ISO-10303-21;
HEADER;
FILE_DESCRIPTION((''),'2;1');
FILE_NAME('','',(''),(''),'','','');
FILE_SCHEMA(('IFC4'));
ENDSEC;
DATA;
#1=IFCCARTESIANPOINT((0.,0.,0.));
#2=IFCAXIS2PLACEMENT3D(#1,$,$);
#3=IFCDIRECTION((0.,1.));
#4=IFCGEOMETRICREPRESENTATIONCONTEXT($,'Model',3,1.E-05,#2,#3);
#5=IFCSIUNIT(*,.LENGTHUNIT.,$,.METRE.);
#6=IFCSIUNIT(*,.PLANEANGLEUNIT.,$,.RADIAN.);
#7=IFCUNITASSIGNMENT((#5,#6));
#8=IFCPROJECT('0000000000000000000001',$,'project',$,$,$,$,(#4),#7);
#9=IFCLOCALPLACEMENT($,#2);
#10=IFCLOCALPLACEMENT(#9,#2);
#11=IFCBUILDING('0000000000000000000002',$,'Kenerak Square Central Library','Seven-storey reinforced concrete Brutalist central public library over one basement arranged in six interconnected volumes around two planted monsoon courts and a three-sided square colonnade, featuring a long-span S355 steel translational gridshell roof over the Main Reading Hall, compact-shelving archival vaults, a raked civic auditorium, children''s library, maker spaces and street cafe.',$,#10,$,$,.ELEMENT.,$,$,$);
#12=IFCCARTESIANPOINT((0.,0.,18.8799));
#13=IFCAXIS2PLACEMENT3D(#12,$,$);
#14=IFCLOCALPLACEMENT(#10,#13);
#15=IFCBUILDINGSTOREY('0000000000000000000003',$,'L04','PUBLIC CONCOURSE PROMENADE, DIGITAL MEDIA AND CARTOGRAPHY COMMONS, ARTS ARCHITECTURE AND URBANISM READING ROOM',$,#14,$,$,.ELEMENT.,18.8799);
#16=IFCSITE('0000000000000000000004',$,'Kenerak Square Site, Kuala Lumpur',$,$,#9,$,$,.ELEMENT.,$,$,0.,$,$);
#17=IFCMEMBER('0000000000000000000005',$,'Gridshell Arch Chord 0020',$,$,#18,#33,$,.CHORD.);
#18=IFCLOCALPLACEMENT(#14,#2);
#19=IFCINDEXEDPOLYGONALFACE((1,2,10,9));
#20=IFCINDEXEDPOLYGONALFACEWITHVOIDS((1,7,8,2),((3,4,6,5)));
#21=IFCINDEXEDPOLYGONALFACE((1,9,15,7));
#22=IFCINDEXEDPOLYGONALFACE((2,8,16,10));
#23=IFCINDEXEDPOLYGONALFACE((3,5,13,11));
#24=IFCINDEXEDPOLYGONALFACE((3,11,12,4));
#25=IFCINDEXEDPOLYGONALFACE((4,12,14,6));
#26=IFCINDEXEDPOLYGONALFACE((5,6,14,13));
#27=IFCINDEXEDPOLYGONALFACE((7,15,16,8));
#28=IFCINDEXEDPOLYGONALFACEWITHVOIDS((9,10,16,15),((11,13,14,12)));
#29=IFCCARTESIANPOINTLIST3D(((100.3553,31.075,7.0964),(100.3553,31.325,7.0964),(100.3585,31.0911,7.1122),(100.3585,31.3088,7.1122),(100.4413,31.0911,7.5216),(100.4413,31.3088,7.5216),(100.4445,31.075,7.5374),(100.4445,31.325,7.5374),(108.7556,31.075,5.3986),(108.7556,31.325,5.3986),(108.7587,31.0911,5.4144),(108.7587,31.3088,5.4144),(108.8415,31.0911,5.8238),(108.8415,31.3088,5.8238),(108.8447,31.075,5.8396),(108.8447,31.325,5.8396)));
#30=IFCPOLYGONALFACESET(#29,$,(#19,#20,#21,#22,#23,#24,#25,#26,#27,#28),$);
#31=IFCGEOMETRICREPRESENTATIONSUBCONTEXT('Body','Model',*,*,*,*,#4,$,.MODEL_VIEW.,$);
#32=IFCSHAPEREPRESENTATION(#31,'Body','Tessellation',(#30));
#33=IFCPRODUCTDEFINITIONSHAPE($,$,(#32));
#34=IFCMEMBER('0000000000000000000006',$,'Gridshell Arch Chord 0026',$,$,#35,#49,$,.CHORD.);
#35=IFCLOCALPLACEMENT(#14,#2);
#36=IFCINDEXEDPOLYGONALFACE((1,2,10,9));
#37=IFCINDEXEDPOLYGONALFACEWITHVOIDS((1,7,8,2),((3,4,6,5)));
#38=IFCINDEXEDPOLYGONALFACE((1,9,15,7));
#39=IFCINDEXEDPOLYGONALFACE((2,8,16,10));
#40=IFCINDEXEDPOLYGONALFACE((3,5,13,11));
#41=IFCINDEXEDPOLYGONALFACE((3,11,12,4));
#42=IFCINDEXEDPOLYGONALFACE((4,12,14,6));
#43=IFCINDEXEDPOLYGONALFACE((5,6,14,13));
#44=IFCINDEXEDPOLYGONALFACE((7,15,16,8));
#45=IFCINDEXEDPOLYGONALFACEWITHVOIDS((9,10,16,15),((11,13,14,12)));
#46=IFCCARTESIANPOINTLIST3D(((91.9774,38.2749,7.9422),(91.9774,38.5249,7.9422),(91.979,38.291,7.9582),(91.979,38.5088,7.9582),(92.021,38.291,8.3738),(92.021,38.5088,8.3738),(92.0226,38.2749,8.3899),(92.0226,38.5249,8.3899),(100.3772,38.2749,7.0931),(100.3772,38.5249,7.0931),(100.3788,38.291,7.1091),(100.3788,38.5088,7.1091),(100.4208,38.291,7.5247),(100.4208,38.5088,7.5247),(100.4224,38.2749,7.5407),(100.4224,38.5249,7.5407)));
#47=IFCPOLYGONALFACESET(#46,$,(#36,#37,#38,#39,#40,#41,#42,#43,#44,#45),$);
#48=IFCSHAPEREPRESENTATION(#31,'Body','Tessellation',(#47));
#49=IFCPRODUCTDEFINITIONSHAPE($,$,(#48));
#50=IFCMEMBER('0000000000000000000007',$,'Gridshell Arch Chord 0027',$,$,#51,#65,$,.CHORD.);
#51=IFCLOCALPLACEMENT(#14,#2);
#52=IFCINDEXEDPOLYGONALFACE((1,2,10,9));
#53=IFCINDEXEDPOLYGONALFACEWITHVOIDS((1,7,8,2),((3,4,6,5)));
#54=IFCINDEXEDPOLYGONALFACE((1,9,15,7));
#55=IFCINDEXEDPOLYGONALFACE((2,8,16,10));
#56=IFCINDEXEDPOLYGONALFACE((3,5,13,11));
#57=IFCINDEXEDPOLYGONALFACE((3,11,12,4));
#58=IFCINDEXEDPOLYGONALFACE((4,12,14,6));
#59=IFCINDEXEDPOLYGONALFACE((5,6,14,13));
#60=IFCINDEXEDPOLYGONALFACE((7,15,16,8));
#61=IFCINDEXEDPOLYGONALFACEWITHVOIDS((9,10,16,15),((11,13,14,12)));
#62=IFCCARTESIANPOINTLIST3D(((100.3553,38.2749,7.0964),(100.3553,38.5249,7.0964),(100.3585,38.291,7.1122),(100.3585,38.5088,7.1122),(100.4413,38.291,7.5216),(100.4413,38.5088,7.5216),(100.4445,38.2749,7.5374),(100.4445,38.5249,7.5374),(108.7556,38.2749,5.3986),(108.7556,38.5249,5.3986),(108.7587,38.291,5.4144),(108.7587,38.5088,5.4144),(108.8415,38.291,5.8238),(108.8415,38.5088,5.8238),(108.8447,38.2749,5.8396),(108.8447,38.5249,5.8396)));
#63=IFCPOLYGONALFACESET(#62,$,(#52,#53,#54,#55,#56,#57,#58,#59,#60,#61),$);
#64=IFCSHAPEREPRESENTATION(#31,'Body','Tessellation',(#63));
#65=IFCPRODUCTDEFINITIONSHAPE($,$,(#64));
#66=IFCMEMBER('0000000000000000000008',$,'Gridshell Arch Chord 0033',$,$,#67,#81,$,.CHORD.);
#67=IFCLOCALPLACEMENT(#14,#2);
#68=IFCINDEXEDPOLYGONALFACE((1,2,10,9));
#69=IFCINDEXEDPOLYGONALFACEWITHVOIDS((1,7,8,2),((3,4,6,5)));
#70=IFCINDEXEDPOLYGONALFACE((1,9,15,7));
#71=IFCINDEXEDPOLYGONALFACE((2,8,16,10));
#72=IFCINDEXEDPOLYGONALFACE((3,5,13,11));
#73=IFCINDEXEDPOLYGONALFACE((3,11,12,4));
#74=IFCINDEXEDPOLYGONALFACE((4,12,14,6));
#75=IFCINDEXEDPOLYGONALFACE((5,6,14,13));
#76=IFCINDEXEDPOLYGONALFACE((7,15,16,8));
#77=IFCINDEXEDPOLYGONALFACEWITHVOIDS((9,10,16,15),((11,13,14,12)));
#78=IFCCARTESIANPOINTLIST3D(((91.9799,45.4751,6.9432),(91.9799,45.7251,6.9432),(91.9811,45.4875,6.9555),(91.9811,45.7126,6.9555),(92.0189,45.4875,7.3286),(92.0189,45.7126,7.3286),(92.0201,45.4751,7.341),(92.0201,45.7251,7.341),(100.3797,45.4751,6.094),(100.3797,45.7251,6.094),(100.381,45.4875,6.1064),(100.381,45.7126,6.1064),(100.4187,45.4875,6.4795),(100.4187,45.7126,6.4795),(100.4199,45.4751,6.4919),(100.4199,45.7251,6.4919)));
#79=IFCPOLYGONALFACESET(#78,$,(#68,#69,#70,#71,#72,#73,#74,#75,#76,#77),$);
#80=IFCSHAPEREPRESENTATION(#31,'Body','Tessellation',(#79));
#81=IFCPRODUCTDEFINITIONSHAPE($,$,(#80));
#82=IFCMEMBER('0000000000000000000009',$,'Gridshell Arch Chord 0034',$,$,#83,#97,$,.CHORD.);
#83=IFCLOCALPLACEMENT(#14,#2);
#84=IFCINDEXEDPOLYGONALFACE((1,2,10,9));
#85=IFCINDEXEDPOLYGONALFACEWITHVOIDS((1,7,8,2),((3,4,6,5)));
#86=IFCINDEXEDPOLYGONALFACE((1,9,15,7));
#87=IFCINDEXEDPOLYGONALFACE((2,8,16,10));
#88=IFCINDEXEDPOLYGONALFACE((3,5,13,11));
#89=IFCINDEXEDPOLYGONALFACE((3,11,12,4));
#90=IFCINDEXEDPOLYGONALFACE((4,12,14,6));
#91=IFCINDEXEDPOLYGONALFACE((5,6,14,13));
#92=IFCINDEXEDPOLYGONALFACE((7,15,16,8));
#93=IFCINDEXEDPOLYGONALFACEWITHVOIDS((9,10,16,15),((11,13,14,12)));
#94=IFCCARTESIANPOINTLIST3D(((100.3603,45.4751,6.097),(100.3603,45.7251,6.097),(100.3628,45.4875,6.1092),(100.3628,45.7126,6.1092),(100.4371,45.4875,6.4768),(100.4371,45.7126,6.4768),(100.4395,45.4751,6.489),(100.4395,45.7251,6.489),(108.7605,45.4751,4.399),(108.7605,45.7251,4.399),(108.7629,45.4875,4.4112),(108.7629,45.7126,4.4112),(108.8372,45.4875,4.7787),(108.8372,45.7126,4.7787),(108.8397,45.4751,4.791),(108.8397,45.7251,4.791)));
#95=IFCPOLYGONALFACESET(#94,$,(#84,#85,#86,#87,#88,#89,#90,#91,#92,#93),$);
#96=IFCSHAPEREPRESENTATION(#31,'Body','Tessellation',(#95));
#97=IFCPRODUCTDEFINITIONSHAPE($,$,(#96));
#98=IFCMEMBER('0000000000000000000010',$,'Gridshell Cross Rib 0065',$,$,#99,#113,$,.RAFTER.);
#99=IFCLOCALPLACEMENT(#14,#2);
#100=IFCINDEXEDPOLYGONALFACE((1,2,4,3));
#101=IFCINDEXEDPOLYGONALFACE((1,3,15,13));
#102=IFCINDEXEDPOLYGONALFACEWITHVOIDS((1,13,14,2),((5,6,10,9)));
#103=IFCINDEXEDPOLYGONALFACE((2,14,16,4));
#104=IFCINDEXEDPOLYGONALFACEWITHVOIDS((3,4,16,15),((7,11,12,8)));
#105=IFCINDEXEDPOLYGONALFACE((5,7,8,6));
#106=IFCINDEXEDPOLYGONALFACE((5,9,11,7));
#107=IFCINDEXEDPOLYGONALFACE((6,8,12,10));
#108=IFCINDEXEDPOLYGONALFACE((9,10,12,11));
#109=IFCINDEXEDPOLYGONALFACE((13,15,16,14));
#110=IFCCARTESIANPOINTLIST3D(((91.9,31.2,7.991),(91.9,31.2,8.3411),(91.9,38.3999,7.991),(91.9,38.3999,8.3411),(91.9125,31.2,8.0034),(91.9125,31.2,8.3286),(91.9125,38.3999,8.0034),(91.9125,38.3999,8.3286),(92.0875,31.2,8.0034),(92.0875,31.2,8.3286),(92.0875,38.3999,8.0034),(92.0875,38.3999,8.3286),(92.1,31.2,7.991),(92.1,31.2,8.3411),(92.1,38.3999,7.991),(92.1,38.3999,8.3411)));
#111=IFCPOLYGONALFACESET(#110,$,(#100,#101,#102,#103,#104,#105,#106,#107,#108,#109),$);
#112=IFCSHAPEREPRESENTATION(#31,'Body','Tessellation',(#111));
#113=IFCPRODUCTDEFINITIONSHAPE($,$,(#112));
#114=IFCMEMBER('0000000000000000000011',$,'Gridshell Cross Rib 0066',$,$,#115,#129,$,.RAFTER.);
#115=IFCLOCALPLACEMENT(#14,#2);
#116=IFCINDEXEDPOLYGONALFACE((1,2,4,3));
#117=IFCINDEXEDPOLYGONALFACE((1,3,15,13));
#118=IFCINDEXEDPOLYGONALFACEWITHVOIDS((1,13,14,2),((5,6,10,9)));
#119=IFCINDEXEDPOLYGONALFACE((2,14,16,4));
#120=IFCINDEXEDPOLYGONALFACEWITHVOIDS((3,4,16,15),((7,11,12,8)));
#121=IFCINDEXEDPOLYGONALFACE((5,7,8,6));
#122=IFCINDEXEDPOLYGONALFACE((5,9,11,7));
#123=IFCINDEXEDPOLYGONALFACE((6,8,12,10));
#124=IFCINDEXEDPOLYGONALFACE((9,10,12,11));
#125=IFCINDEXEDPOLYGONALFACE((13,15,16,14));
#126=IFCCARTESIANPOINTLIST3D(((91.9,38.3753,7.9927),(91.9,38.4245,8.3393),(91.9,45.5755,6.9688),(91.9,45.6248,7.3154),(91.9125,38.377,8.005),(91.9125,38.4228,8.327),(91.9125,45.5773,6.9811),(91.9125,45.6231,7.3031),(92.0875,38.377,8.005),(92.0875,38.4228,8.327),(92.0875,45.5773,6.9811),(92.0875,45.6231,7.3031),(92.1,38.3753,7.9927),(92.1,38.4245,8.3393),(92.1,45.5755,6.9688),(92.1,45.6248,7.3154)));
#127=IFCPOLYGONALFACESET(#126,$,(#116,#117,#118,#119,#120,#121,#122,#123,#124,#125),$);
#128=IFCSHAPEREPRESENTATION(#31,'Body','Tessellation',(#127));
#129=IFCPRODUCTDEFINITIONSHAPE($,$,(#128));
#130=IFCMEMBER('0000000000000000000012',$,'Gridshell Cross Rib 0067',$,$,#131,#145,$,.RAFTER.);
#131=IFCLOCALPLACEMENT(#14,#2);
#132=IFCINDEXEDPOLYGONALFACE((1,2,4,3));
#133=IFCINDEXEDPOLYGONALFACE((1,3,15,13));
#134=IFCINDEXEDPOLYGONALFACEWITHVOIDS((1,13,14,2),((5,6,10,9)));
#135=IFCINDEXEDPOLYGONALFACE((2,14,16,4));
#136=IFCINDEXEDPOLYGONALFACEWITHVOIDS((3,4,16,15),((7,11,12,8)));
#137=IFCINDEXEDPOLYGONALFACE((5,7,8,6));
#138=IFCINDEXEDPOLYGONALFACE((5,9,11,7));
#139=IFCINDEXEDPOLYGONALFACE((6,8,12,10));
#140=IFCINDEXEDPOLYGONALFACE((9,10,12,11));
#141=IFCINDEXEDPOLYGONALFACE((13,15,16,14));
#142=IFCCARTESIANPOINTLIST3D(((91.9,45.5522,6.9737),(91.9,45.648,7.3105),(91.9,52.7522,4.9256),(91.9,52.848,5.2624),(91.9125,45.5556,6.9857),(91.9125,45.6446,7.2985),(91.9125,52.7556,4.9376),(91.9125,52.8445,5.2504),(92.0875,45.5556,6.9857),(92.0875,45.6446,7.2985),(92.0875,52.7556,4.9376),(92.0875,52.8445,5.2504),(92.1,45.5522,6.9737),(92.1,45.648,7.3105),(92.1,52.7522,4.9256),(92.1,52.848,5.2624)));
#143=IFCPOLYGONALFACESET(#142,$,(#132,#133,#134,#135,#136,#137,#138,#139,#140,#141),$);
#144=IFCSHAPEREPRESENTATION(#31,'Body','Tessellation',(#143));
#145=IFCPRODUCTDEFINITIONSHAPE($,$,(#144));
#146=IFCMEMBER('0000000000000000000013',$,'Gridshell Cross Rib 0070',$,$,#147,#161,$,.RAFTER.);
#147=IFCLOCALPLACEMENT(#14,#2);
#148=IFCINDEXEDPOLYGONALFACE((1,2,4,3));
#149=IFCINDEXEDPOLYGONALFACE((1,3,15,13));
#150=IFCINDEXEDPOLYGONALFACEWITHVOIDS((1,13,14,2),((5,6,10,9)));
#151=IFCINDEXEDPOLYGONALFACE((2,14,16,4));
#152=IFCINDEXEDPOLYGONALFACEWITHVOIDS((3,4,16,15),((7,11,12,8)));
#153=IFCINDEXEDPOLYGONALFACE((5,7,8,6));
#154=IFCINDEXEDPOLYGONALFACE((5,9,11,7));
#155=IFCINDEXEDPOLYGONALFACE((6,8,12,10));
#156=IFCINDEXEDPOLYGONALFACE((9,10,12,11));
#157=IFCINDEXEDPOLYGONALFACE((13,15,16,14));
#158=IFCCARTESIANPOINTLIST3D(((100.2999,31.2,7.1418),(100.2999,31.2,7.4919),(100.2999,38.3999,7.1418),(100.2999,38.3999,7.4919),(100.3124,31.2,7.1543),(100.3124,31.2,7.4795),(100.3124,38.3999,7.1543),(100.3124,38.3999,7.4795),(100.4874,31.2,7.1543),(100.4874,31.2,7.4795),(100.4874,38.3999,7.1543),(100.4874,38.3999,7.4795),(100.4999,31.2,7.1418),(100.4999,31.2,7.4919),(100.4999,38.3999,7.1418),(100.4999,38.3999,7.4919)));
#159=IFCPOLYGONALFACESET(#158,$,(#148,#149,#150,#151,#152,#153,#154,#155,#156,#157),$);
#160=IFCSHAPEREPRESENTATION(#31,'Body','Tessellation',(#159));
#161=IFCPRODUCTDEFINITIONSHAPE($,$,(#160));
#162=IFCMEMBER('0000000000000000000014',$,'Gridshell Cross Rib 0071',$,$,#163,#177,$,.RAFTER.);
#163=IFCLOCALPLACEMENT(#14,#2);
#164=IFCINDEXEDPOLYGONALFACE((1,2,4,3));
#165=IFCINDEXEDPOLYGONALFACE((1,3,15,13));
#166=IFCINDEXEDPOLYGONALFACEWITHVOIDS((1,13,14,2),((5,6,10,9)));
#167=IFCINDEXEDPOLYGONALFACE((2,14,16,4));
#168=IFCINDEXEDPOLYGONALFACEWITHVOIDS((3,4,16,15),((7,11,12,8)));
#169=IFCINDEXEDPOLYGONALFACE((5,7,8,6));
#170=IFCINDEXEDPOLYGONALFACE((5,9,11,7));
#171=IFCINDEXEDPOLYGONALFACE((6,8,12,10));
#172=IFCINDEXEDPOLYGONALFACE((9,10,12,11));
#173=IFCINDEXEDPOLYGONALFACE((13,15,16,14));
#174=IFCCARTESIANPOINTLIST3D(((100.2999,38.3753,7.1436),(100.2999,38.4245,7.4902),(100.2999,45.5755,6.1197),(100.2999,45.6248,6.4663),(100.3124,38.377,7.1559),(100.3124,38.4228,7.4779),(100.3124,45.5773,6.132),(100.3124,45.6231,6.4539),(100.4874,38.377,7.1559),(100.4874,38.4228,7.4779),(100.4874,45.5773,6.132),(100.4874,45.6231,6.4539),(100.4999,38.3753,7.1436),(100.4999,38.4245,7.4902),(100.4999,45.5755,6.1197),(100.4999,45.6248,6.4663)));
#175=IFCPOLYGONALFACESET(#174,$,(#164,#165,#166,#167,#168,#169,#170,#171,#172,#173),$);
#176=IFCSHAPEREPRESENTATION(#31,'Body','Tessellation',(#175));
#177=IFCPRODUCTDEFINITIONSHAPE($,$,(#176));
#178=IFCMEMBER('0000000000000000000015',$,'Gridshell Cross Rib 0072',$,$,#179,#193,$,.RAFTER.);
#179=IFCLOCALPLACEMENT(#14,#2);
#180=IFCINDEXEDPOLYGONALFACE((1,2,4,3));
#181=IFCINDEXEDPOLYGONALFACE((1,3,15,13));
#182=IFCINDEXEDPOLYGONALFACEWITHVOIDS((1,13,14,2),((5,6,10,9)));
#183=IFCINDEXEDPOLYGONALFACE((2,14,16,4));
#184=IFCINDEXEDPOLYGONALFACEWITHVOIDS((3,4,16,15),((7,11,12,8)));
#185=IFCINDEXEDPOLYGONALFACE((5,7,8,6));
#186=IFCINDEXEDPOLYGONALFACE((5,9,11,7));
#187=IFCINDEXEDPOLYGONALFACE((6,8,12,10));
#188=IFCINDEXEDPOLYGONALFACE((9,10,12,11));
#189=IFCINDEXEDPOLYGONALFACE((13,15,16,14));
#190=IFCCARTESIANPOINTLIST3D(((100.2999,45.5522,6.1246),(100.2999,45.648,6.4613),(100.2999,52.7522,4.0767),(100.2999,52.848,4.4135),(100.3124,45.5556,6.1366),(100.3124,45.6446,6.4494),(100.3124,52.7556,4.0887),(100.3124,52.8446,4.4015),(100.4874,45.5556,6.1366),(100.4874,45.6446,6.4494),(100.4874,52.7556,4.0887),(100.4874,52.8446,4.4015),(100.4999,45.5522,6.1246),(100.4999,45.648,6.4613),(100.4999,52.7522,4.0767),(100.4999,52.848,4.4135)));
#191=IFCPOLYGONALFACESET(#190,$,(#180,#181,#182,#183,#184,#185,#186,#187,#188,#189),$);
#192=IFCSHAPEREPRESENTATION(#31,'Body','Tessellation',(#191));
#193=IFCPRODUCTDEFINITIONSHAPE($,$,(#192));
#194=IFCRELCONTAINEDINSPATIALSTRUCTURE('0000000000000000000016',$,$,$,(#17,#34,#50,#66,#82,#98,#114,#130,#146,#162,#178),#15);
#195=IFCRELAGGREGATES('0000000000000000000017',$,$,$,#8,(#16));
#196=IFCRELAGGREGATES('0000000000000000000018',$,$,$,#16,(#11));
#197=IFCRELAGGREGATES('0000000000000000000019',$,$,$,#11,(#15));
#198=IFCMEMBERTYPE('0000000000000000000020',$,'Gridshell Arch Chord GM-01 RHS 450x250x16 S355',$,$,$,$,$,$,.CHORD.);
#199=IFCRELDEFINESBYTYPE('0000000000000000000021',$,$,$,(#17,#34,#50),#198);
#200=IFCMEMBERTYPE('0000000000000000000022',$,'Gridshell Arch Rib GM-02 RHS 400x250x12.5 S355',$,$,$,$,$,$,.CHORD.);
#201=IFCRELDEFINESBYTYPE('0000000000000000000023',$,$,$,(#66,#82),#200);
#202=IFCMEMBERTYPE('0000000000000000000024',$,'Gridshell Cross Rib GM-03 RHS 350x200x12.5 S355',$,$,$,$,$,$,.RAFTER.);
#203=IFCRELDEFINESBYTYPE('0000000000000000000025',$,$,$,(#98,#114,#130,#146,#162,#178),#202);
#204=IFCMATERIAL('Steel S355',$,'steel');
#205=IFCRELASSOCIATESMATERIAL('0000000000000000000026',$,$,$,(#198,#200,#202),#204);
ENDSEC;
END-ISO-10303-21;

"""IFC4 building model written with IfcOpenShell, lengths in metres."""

from ifc_helpers import new_model, si_unit, direction, frame, origin, origin_2d, place, context, subcontext, project, spatial, hollow_rectangle, extrude, material, material_profile, profile_set, type_object, element, save


model = new_model("IFC4")

# Units and contexts
model_context = context("Model", 3, precision=1e-05, world=origin(), true_north=direction((0.0, 1.0)))
body_context = subcontext(model_context, "Body", "Model", "MODEL_VIEW")
ifc_project = project(units=[si_unit("LENGTHUNIT", "METRE"), si_unit("PLANEANGLEUNIT", "RADIAN")], contexts=[model_context])

# Site, building, storey
site_placement = place(None, origin())
site = spatial("IfcSite", under=ifc_project, at=site_placement, Name="Kenerak Square Site, Kuala Lumpur", CompositionType="ELEMENT", RefElevation=0.0)
building_placement = place(site_placement, origin())
building = spatial("IfcBuilding", under=site, at=building_placement, Name="Kenerak Square Central Library", Description="Seven-storey reinforced concrete Brutalist central public library over one basement arranged in six interconnected volumes around two planted monsoon courts and a three-sided square colonnade, featuring a long-span S355 steel translational gridshell roof over the Main Reading Hall, compact-shelving archival vaults, a raked civic auditorium, children's library, maker spaces and street cafe.", CompositionType="ELEMENT")
storey_placement = place(building_placement, frame((0.0, 0.0, 18.8799)))
storey = spatial("IfcBuildingStorey", under=building, at=storey_placement, Name="L04", Description="PUBLIC CONCOURSE PROMENADE, DIGITAL MEDIA AND CARTOGRAPHY COMMONS, ARTS ARCHITECTURE AND URBANISM READING ROOM", CompositionType="ELEMENT", Elevation=18.8799)

# Members
ifc_material = material(Name="Steel S355", Category="steel")
ifc_material_profile_1 = material_profile(ifc_material, hollow_rectangle(XDim=0.25, YDim=0.45, WallThickness=0.0161, at=origin_2d()), Name="RHS 450x250x16.0")
ifc_profile_set_1 = profile_set([ifc_material_profile_1], Name="Steel S355")
member_type_1 = type_object("IfcMemberType", Name="Gridshell Arch Chord GM-01 RHS 450x250x16 S355", PredefinedType="CHORD", material=ifc_profile_set_1)
member_1_placement = place(storey_placement, frame((100.3999, 31.2, 7.3169), z_axis=(0.980181, 0.0, -0.198104), x_axis=(0.0, 1.0, 0.0)))
element("IfcMember", 1, at=member_1_placement, inside=storey, type_object=member_type_1, Name="Gridshell Arch Chord 0020", PredefinedType="CHORD", context=body_context, shape_type="SweptSolid", body=[
    extrude(hollow_rectangle(XDim=0.25, YDim=0.45, WallThickness=0.0161, at=origin_2d()), origin(), (0.0, 0.0, 1.0), 8.5701),
])
member_2_placement = place(storey_placement, frame((92.0, 38.3999, 8.166), z_axis=(0.99493, 0.0, -0.100574), x_axis=(0.0, 1.0, 0.0)))
element("IfcMember", 2, at=member_2_placement, inside=storey, type_object=member_type_1, Name="Gridshell Arch Chord 0026", PredefinedType="CHORD", context=body_context, shape_type="SweptSolid", body=[
    extrude(hollow_rectangle(XDim=0.25, YDim=0.45, WallThickness=0.0161, at=origin_2d()), origin(), (0.0, 0.0, 1.0), 8.4426),
])
member_3_placement = place(storey_placement, frame((100.3999, 38.3999, 7.3169), z_axis=(0.980181, 0.0, -0.198104), x_axis=(0.0, 1.0, 0.0)))
element("IfcMember", 3, at=member_3_placement, inside=storey, type_object=member_type_1, Name="Gridshell Arch Chord 0027", PredefinedType="CHORD", context=body_context, shape_type="SweptSolid", body=[
    extrude(hollow_rectangle(XDim=0.25, YDim=0.45, WallThickness=0.0161, at=origin_2d()), origin(), (0.0, 0.0, 1.0), 8.5701),
])
ifc_material_profile_2 = material_profile(ifc_material, hollow_rectangle(XDim=0.25, YDim=0.3999, WallThickness=0.0125, at=origin_2d()), Name="RHS 400x250x12.5")
ifc_profile_set_2 = profile_set([ifc_material_profile_2], Name="Steel S355")
member_type_2 = type_object("IfcMemberType", Name="Gridshell Arch Rib GM-02 RHS 400x250x12.5 S355", PredefinedType="CHORD", material=ifc_profile_set_2)
member_4_placement = place(storey_placement, frame((92.0, 45.6001, 7.1421), z_axis=(0.99493, 0.0, -0.100574), x_axis=(0.0, 1.0, 0.0)))
element("IfcMember", 4, at=member_4_placement, inside=storey, type_object=member_type_2, Name="Gridshell Arch Chord 0033", PredefinedType="CHORD", context=body_context, shape_type="SweptSolid", body=[
    extrude(hollow_rectangle(XDim=0.25, YDim=0.3999, WallThickness=0.0125, at=origin_2d()), origin(), (0.0, 0.0, 1.0), 8.4426),
])
member_5_placement = place(storey_placement, frame((100.3999, 45.6001, 6.293), z_axis=(0.980175, 0.0, -0.198132), x_axis=(0.0, 1.0, 0.0)))
element("IfcMember", 5, at=member_5_placement, inside=storey, type_object=member_type_2, Name="Gridshell Arch Chord 0034", PredefinedType="CHORD", context=body_context, shape_type="SweptSolid", body=[
    extrude(hollow_rectangle(XDim=0.25, YDim=0.3999, WallThickness=0.0125, at=origin_2d()), origin(), (0.0, 0.0, 1.0), 8.5701),
])
ifc_material_profile_3 = material_profile(ifc_material, hollow_rectangle(XDim=0.2, YDim=0.3501, WallThickness=0.0125, at=origin_2d()), Name="RHS 350x200x12.5")
ifc_profile_set_3 = profile_set([ifc_material_profile_3], Name="Steel S355")
member_type_3 = type_object("IfcMemberType", Name="Gridshell Cross Rib GM-03 RHS 350x200x12.5 S355", PredefinedType="RAFTER", material=ifc_profile_set_3)
member_6_placement = place(storey_placement, frame((92.0, 31.2, 8.166), z_axis=(0.0, 1.0, 0.0), x_axis=(-1.0, 0.0, 0.0)))
element("IfcMember", 6, at=member_6_placement, inside=storey, type_object=member_type_3, Name="Gridshell Cross Rib 0065", PredefinedType="RAFTER", context=body_context, shape_type="SweptSolid", body=[
    extrude(hollow_rectangle(XDim=0.2, YDim=0.3501, WallThickness=0.0125, at=origin_2d()), origin(), (0.0, 0.0, 1.0), 7.2),
])
member_7_placement = place(storey_placement, frame((92.0, 38.3999, 8.166), z_axis=(0.0, 0.990039, -0.140792), x_axis=(-1.0, 0.0, 0.0)))
element("IfcMember", 7, at=member_7_placement, inside=storey, type_object=member_type_3, Name="Gridshell Cross Rib 0066", PredefinedType="RAFTER", context=body_context, shape_type="SweptSolid", body=[
    extrude(hollow_rectangle(XDim=0.2, YDim=0.3501, WallThickness=0.0125, at=origin_2d()), origin(), (0.0, 0.0, 1.0), 7.2727),
])
member_8_placement = place(storey_placement, frame((92.0, 45.6001, 7.1421), z_axis=(0.0, 0.961842, -0.273605), x_axis=(-1.0, 0.0, 0.0)))
element("IfcMember", 8, at=member_8_placement, inside=storey, type_object=member_type_3, Name="Gridshell Cross Rib 0067", PredefinedType="RAFTER", context=body_context, shape_type="SweptSolid", body=[
    extrude(hollow_rectangle(XDim=0.2, YDim=0.3501, WallThickness=0.0125, at=origin_2d()), origin(), (0.0, 0.0, 1.0), 7.4856),
])
member_9_placement = place(storey_placement, frame((100.3999, 31.2, 7.3169), z_axis=(0.0, 1.0, 0.0), x_axis=(-1.0, 0.0, 0.0)))
element("IfcMember", 9, at=member_9_placement, inside=storey, type_object=member_type_3, Name="Gridshell Cross Rib 0070", PredefinedType="RAFTER", context=body_context, shape_type="SweptSolid", body=[
    extrude(hollow_rectangle(XDim=0.2, YDim=0.3501, WallThickness=0.0125, at=origin_2d()), origin(), (0.0, 0.0, 1.0), 7.2),
])
member_10_placement = place(storey_placement, frame((100.3999, 38.3999, 7.3169), z_axis=(0.0, 0.990039, -0.140792), x_axis=(-1.0, 0.0, 0.0)))
element("IfcMember", 10, at=member_10_placement, inside=storey, type_object=member_type_3, Name="Gridshell Cross Rib 0071", PredefinedType="RAFTER", context=body_context, shape_type="SweptSolid", body=[
    extrude(hollow_rectangle(XDim=0.2, YDim=0.3501, WallThickness=0.0125, at=origin_2d()), origin(), (0.0, 0.0, 1.0), 7.2727),
])
member_11_placement = place(storey_placement, frame((100.3999, 45.6001, 6.293), z_axis=(0.0, 0.961851, -0.273575), x_axis=(-1.0, 0.0, 0.0)))
element("IfcMember", 11, at=member_11_placement, inside=storey, type_object=member_type_3, Name="Gridshell Cross Rib 0072", PredefinedType="RAFTER", context=body_context, shape_type="SweptSolid", body=[
    extrude(hollow_rectangle(XDim=0.2, YDim=0.3501, WallThickness=0.0125, at=origin_2d()), origin(), (0.0, 0.0, 1.0), 7.4856),
])

save(model, "model.ifc")
